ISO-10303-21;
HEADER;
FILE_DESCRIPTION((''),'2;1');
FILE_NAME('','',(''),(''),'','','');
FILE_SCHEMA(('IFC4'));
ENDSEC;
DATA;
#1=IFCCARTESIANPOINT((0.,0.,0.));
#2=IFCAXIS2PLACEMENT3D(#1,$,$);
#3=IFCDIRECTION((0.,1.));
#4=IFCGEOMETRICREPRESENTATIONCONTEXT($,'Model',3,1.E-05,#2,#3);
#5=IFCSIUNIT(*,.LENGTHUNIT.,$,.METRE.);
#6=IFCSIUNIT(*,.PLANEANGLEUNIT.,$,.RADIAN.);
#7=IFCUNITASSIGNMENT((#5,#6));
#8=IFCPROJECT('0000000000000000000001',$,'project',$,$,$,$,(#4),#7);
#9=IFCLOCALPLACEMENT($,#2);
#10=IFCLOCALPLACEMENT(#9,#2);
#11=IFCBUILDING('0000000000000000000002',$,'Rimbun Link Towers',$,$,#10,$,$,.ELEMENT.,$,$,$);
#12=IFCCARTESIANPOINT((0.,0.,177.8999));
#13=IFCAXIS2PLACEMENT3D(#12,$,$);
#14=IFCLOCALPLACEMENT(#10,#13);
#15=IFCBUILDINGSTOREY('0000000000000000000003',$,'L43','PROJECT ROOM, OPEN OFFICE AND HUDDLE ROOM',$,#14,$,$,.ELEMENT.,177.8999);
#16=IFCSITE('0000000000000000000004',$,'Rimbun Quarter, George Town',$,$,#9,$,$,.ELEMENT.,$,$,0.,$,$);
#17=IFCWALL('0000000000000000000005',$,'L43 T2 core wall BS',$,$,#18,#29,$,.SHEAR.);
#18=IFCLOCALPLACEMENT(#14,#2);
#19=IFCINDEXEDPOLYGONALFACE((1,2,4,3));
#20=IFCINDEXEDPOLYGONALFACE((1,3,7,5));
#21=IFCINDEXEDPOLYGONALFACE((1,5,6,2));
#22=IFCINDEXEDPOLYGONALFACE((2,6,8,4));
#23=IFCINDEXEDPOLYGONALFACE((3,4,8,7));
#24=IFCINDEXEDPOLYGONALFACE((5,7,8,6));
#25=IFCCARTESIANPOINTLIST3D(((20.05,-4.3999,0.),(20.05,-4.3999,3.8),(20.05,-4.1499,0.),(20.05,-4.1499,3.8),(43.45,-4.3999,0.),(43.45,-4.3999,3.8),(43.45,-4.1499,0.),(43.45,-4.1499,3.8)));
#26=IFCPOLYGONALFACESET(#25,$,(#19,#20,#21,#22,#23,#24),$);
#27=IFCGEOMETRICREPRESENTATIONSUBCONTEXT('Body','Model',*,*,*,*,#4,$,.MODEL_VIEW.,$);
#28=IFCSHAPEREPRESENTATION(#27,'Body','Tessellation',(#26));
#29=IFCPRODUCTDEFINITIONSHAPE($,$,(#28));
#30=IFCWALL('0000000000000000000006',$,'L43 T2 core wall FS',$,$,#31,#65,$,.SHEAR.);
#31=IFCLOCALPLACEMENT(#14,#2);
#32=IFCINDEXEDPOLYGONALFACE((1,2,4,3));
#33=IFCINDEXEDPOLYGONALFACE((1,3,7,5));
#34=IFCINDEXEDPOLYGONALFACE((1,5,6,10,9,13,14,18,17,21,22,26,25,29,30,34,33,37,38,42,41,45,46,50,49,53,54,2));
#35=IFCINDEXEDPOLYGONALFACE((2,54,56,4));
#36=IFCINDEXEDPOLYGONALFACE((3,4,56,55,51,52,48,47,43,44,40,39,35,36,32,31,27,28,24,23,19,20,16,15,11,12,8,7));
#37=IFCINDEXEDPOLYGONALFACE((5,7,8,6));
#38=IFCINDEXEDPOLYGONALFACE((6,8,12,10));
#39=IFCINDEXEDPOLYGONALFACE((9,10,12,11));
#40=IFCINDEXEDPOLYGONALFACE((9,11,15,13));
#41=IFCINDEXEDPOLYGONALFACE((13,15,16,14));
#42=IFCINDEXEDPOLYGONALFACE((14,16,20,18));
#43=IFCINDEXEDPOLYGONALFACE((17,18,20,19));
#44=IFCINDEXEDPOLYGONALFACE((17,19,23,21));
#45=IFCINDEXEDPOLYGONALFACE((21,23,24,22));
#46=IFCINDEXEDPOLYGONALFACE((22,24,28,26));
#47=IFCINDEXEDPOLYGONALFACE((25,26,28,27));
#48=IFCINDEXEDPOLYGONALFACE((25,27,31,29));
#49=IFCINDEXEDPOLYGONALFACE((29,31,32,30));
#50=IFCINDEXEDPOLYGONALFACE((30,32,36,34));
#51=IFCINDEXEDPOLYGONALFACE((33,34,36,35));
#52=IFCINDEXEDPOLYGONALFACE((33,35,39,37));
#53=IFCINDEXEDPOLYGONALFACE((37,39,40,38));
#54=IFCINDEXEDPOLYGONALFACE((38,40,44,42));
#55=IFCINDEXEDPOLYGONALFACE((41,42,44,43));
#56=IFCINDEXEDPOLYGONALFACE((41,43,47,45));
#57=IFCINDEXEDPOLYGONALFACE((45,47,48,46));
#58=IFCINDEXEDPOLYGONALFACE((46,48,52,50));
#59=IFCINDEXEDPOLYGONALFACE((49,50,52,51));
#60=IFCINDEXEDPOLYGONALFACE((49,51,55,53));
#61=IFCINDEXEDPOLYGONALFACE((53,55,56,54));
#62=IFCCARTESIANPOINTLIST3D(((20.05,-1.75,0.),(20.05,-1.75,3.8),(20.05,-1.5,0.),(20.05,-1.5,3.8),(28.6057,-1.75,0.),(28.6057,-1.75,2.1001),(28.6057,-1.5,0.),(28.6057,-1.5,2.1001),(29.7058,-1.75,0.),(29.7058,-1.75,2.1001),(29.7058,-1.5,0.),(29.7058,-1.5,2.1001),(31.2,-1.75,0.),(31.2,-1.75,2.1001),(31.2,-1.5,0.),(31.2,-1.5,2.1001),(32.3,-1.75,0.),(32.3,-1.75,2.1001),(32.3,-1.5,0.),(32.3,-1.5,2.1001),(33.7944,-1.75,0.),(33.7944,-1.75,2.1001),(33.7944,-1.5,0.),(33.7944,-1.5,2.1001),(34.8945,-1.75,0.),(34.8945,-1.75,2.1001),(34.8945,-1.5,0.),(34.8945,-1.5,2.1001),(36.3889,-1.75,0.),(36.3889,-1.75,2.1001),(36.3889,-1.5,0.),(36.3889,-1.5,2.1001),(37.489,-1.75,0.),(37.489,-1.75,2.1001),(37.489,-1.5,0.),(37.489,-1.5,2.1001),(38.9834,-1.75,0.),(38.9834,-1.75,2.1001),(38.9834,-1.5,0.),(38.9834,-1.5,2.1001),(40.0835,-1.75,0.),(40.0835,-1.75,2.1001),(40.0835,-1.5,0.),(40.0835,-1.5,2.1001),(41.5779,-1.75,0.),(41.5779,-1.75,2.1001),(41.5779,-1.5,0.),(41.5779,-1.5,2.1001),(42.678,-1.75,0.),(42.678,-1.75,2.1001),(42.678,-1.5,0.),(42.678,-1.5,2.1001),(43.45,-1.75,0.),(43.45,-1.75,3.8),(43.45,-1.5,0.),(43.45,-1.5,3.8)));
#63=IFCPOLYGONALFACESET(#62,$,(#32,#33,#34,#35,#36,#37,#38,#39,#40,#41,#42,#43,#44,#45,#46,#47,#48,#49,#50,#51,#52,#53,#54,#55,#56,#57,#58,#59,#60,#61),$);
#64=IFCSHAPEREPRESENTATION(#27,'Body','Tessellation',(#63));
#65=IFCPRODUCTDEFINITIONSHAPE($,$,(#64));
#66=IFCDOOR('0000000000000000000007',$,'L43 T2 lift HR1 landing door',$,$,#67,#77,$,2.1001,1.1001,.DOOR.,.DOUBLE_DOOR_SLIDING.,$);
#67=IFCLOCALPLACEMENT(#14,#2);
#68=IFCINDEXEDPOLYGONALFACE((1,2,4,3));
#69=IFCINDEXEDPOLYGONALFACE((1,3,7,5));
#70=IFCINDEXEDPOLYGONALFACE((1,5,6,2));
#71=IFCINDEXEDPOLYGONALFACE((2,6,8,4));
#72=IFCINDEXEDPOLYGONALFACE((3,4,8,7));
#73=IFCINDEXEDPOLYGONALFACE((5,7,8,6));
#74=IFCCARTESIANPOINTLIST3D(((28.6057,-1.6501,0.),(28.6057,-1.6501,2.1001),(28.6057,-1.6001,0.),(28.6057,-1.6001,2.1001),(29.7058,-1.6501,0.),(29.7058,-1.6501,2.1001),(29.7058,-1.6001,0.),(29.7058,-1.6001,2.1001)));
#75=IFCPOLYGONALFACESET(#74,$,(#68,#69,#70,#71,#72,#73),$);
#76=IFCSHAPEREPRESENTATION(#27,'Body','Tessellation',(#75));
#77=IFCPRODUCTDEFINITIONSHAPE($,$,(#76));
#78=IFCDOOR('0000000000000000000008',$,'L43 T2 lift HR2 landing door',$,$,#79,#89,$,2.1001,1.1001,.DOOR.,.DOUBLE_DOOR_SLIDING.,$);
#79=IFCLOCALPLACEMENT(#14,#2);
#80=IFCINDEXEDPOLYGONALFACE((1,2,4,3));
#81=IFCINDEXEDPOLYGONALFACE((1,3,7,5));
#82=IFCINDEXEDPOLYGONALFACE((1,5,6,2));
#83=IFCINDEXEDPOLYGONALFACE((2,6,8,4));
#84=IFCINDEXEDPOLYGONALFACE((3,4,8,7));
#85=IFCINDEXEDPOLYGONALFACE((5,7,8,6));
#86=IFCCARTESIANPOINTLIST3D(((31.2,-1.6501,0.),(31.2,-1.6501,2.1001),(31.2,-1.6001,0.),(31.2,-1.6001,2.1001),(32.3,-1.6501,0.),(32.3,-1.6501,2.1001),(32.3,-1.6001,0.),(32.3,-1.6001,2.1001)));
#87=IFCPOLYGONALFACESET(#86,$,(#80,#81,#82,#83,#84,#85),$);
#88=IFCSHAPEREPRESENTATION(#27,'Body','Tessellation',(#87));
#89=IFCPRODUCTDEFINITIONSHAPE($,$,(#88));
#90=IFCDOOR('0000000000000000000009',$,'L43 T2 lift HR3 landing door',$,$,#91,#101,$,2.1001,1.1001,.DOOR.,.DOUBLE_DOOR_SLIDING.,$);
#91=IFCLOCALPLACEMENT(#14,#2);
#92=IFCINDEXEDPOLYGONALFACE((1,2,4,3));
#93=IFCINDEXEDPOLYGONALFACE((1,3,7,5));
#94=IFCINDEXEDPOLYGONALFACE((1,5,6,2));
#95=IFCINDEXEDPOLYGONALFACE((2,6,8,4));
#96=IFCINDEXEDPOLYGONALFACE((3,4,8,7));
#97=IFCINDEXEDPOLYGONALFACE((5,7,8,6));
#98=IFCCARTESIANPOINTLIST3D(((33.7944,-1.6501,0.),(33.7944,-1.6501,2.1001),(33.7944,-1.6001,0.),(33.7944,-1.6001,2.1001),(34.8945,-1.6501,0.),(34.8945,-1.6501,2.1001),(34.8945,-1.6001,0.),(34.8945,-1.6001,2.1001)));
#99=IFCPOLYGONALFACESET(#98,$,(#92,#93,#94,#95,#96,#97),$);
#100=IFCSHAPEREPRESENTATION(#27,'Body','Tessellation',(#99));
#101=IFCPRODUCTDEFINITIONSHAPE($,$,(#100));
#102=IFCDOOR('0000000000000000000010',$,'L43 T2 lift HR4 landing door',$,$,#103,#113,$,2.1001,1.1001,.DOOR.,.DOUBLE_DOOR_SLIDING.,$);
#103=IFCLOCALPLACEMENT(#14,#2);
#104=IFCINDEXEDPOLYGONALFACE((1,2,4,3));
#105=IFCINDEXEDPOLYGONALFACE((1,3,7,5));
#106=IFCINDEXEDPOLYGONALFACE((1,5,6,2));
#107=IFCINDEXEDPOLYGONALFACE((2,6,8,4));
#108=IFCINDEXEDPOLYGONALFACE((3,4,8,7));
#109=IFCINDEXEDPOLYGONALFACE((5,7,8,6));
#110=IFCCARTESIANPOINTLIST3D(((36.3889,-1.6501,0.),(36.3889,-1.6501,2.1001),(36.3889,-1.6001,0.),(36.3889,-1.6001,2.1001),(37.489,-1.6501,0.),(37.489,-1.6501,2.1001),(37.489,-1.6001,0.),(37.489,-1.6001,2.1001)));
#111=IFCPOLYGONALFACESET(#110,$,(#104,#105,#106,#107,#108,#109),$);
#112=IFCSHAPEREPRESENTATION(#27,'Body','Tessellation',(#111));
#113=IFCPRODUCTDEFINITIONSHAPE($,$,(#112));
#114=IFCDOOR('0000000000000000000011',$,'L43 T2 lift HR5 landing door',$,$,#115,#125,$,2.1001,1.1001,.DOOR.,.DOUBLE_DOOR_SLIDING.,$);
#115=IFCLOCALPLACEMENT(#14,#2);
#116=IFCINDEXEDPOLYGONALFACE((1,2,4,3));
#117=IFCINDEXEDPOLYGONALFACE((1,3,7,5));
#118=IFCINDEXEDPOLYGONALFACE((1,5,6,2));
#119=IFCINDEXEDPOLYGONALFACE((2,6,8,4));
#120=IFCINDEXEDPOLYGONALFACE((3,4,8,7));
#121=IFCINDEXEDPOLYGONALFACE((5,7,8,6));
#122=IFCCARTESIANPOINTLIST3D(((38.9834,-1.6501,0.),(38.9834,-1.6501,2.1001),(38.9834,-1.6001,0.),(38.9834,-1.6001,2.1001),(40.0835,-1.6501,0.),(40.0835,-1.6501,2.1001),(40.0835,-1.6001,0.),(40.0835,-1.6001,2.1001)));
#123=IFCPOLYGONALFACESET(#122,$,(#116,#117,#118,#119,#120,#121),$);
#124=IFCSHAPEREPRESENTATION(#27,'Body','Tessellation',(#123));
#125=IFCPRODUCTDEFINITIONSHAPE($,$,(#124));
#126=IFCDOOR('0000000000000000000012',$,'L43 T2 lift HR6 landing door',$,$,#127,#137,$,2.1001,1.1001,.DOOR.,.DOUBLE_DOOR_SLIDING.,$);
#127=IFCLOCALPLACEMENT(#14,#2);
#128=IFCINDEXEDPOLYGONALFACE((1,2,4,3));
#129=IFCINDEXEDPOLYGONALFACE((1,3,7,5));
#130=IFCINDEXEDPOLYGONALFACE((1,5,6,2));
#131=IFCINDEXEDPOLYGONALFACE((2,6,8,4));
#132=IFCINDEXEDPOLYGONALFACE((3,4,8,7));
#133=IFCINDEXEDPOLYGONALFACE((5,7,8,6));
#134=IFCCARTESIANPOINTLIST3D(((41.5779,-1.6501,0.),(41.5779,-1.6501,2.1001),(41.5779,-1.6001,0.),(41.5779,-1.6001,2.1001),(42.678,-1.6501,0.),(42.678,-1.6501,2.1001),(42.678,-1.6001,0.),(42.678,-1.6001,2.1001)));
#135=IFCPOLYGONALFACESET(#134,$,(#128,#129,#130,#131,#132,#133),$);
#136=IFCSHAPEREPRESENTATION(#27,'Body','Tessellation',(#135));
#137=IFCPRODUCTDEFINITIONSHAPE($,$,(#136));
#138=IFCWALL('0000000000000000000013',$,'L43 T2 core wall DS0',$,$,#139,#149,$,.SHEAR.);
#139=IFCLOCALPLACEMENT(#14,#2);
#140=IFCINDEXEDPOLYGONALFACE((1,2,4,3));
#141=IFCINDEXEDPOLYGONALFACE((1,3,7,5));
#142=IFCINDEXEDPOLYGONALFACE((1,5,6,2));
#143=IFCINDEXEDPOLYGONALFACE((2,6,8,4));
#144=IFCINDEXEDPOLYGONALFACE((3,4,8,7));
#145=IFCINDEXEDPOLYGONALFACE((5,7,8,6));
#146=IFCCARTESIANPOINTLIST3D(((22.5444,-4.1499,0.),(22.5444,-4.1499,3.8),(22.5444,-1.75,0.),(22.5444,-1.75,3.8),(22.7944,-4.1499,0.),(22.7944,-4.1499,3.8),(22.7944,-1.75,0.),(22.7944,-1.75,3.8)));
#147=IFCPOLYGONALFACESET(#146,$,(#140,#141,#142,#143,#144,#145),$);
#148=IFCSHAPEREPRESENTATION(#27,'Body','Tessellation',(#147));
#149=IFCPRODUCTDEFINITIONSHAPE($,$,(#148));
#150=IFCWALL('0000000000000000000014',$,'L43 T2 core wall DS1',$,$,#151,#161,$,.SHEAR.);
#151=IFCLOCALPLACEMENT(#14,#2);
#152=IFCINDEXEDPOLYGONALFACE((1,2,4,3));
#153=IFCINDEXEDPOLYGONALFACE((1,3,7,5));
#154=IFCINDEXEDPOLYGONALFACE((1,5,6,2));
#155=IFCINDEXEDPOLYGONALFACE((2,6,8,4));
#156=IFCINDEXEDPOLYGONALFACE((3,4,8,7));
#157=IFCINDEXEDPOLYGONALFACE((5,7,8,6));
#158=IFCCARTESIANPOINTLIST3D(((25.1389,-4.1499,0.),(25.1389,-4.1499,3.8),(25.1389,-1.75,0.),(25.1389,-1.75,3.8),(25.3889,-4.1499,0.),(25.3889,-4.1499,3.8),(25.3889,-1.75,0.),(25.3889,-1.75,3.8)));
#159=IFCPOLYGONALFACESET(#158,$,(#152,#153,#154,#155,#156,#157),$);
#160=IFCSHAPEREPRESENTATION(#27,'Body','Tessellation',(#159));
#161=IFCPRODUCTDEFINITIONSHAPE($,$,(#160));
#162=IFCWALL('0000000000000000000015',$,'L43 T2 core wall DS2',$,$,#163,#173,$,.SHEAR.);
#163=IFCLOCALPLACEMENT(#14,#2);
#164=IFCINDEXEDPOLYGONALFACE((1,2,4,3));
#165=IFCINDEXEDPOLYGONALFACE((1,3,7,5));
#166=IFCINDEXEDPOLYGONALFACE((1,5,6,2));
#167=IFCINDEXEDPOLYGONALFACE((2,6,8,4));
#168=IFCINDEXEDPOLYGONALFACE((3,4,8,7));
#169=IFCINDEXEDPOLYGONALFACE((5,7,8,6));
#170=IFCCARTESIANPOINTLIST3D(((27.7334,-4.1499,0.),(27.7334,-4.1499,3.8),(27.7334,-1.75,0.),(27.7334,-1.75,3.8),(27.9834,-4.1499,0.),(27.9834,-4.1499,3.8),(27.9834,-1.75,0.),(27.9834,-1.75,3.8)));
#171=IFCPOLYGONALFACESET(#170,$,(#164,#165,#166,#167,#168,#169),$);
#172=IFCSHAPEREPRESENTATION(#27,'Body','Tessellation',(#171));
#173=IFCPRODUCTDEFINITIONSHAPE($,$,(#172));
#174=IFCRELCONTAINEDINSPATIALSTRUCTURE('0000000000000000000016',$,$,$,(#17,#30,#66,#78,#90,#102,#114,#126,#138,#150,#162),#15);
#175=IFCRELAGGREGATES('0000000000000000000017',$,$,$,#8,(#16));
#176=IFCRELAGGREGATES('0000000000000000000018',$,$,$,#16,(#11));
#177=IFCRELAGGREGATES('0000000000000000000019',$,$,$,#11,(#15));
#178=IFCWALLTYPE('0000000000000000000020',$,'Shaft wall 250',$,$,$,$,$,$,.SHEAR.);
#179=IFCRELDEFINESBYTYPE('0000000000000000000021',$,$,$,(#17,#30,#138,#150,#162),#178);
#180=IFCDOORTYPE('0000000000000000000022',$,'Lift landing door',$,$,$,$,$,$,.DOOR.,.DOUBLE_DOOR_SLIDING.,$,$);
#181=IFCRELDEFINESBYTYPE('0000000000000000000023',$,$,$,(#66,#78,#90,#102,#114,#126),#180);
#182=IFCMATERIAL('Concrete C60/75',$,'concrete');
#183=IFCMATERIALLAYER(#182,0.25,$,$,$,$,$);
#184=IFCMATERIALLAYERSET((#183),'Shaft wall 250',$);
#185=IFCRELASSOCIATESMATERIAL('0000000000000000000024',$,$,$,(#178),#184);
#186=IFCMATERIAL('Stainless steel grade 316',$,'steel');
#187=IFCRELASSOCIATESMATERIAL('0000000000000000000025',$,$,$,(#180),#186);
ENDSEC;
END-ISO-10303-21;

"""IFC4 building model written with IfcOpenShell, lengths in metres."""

from ifc_helpers import new_model, si_unit, direction, frame, frame_2d, origin, place, context, subcontext, project, spatial, rectangle, extrude, material, layer, layer_set, type_object, element, fill, save


model = new_model("IFC4")

# Units and contexts
model_context = context("Model", 3, precision=1e-05, world=origin(), true_north=direction((0.0, 1.0)))
body_context = subcontext(model_context, "Body", "Model", "MODEL_VIEW")
ifc_project = project(units=[si_unit("LENGTHUNIT", "METRE"), si_unit("PLANEANGLEUNIT", "RADIAN")], contexts=[model_context])

# Site, building, storey
site_placement = place(None, origin())
site = spatial("IfcSite", under=ifc_project, at=site_placement, Name="Rimbun Quarter, George Town", CompositionType="ELEMENT", RefElevation=0.0)
building_placement = place(site_placement, origin())
building = spatial("IfcBuilding", under=site, at=building_placement, Name="Rimbun Link Towers", CompositionType="ELEMENT")
storey_placement = place(building_placement, frame((0.0, 0.0, 177.8999)))
storey = spatial("IfcBuildingStorey", under=building, at=storey_placement, Name="L43", Description="PROJECT ROOM, OPEN OFFICE AND HUDDLE ROOM", CompositionType="ELEMENT", Elevation=177.8999)

# Wall
ifc_material_1 = material(Name="Concrete C60/75", Category="concrete")
ifc_layer_1 = layer(ifc_material_1, 0.25)
ifc_layer_set_1 = layer_set([ifc_layer_1], Name="Shaft wall 250")
wall_type_1 = type_object("IfcWallType", Name="Shaft wall 250", PredefinedType="SHEAR", material=ifc_layer_set_1)
wall_1_placement = place(storey_placement, frame((20.05, -4.2749, 0.0), z_axis=(0.0, 0.0, 1.0), x_axis=(1.0, 0.0, 0.0)))
element("IfcWall", 1, at=wall_1_placement, inside=storey, type_object=wall_type_1, Name="L43 T2 core wall BS", PredefinedType="SHEAR", context=body_context, shape_type="SweptSolid", body=[
    extrude(rectangle(XDim=23.3999, YDim=0.25, at=frame_2d((11.7, 0.0))), origin(), (0.0, 0.0, 1.0), 3.8),
])

# Wall, openings, doors
wall_2_placement = place(storey_placement, frame((20.05, -1.625, 0.0), z_axis=(0.0, 0.0, 1.0), x_axis=(1.0, 0.0, 0.0)))
wall_2 = element("IfcWall", 2, at=wall_2_placement, inside=storey, type_object=wall_type_1, Name="L43 T2 core wall FS", PredefinedType="SHEAR", context=body_context, shape_type="SweptSolid", body=[
    extrude(rectangle(XDim=23.3999, YDim=0.25, at=frame_2d((11.7, 0.0))), origin(), (0.0, 0.0, 1.0), 3.8),
])
opening_1_placement = place(wall_2_placement, frame((8.5557, 0.0, 0.0)))
opening_1 = element("IfcOpeningElement", 3, at=opening_1_placement, cuts=wall_2, PredefinedType="OPENING", context=body_context, shape_type="SweptSolid", body=[
    extrude(rectangle(XDim=1.1001, YDim=2.1001, at=frame_2d((0.55, 1.05))), frame((0.0, 0.135, 0.0), z_axis=(0.0, -1.0, 0.0), x_axis=(1.0, 0.0, 0.0)), (0.0, 0.0, 1.0), 0.27),
])
opening_2_placement = place(wall_2_placement, frame((11.1499, 0.0, 0.0)))
opening_2 = element("IfcOpeningElement", 4, at=opening_2_placement, cuts=wall_2, PredefinedType="OPENING", context=body_context, shape_type="SweptSolid", body=[
    extrude(rectangle(XDim=1.1001, YDim=2.1001, at=frame_2d((0.55, 1.05))), frame((0.0, 0.135, 0.0), z_axis=(0.0, -1.0, 0.0), x_axis=(1.0, 0.0, 0.0)), (0.0, 0.0, 1.0), 0.27),
])
opening_3_placement = place(wall_2_placement, frame((13.7444, 0.0, 0.0)))
opening_3 = element("IfcOpeningElement", 5, at=opening_3_placement, cuts=wall_2, PredefinedType="OPENING", context=body_context, shape_type="SweptSolid", body=[
    extrude(rectangle(XDim=1.1001, YDim=2.1001, at=frame_2d((0.55, 1.05))), frame((0.0, 0.135, 0.0), z_axis=(0.0, -1.0, 0.0), x_axis=(1.0, 0.0, 0.0)), (0.0, 0.0, 1.0), 0.27),
])
opening_4_placement = place(wall_2_placement, frame((16.3389, 0.0, 0.0)))
opening_4 = element("IfcOpeningElement", 6, at=opening_4_placement, cuts=wall_2, PredefinedType="OPENING", context=body_context, shape_type="SweptSolid", body=[
    extrude(rectangle(XDim=1.1001, YDim=2.1001, at=frame_2d((0.55, 1.05))), frame((0.0, 0.135, 0.0), z_axis=(0.0, -1.0, 0.0), x_axis=(1.0, 0.0, 0.0)), (0.0, 0.0, 1.0), 0.27),
])
opening_5_placement = place(wall_2_placement, frame((18.9333, 0.0, 0.0)))
opening_5 = element("IfcOpeningElement", 7, at=opening_5_placement, cuts=wall_2, PredefinedType="OPENING", context=body_context, shape_type="SweptSolid", body=[
    extrude(rectangle(XDim=1.1001, YDim=2.1001, at=frame_2d((0.55, 1.05))), frame((0.0, 0.135, 0.0), z_axis=(0.0, -1.0, 0.0), x_axis=(1.0, 0.0, 0.0)), (0.0, 0.0, 1.0), 0.27),
])
opening_6_placement = place(wall_2_placement, frame((21.5278, 0.0, 0.0)))
opening_6 = element("IfcOpeningElement", 8, at=opening_6_placement, cuts=wall_2, PredefinedType="OPENING", context=body_context, shape_type="SweptSolid", body=[
    extrude(rectangle(XDim=1.1001, YDim=2.1001, at=frame_2d((0.55, 1.05))), frame((0.0, 0.135, 0.0), z_axis=(0.0, -1.0, 0.0), x_axis=(1.0, 0.0, 0.0)), (0.0, 0.0, 1.0), 0.27),
])
ifc_material_2 = material(Name="Stainless steel grade 316", Category="steel")
door_type_1 = type_object("IfcDoorType", Name="Lift landing door", OperationType="DOUBLE_DOOR_SLIDING", PredefinedType="DOOR", material=ifc_material_2)
door_1_placement = place(opening_1_placement, origin())
door_1 = element("IfcDoor", 9, at=door_1_placement, inside=storey, type_object=door_type_1, Name="L43 T2 lift HR1 landing door", OperationType="DOUBLE_DOOR_SLIDING", OverallHeight=2.1001, OverallWidth=1.1001, PredefinedType="DOOR", context=body_context, shape_type="SweptSolid", body=[
    extrude(rectangle(XDim=1.1001, YDim=2.1001, at=frame_2d((0.55, 1.05))), frame((0.0, 0.0249, 0.0), z_axis=(0.0, -1.0, 0.0), x_axis=(1.0, 0.0, 0.0)), (0.0, 0.0, 1.0), 0.05),
])
fill(opening_1, door_1)
door_2_placement = place(opening_2_placement, origin())
door_2 = element("IfcDoor", 10, at=door_2_placement, inside=storey, type_object=door_type_1, Name="L43 T2 lift HR2 landing door", OperationType="DOUBLE_DOOR_SLIDING", OverallHeight=2.1001, OverallWidth=1.1001, PredefinedType="DOOR", context=body_context, shape_type="SweptSolid", body=[
    extrude(rectangle(XDim=1.1001, YDim=2.1001, at=frame_2d((0.55, 1.05))), frame((0.0, 0.0249, 0.0), z_axis=(0.0, -1.0, 0.0), x_axis=(1.0, 0.0, 0.0)), (0.0, 0.0, 1.0), 0.05),
])
fill(opening_2, door_2)
door_3_placement = place(opening_3_placement, origin())
door_3 = element("IfcDoor", 11, at=door_3_placement, inside=storey, type_object=door_type_1, Name="L43 T2 lift HR3 landing door", OperationType="DOUBLE_DOOR_SLIDING", OverallHeight=2.1001, OverallWidth=1.1001, PredefinedType="DOOR", context=body_context, shape_type="SweptSolid", body=[
    extrude(rectangle(XDim=1.1001, YDim=2.1001, at=frame_2d((0.55, 1.05))), frame((0.0, 0.0249, 0.0), z_axis=(0.0, -1.0, 0.0), x_axis=(1.0, 0.0, 0.0)), (0.0, 0.0, 1.0), 0.05),
])
fill(opening_3, door_3)
door_4_placement = place(opening_4_placement, origin())
door_4 = element("IfcDoor", 12, at=door_4_placement, inside=storey, type_object=door_type_1, Name="L43 T2 lift HR4 landing door", OperationType="DOUBLE_DOOR_SLIDING", OverallHeight=2.1001, OverallWidth=1.1001, PredefinedType="DOOR", context=body_context, shape_type="SweptSolid", body=[
    extrude(rectangle(XDim=1.1001, YDim=2.1001, at=frame_2d((0.55, 1.05))), frame((0.0, 0.0249, 0.0), z_axis=(0.0, -1.0, 0.0), x_axis=(1.0, 0.0, 0.0)), (0.0, 0.0, 1.0), 0.05),
])
fill(opening_4, door_4)
door_5_placement = place(opening_5_placement, origin())
door_5 = element("IfcDoor", 13, at=door_5_placement, inside=storey, type_object=door_type_1, Name="L43 T2 lift HR5 landing door", OperationType="DOUBLE_DOOR_SLIDING", OverallHeight=2.1001, OverallWidth=1.1001, PredefinedType="DOOR", context=body_context, shape_type="SweptSolid", body=[
    extrude(rectangle(XDim=1.1001, YDim=2.1001, at=frame_2d((0.55, 1.05))), frame((0.0, 0.0249, 0.0), z_axis=(0.0, -1.0, 0.0), x_axis=(1.0, 0.0, 0.0)), (0.0, 0.0, 1.0), 0.05),
])
fill(opening_5, door_5)
door_6_placement = place(opening_6_placement, origin())
door_6 = element("IfcDoor", 14, at=door_6_placement, inside=storey, type_object=door_type_1, Name="L43 T2 lift HR6 landing door", OperationType="DOUBLE_DOOR_SLIDING", OverallHeight=2.1001, OverallWidth=1.1001, PredefinedType="DOOR", context=body_context, shape_type="SweptSolid", body=[
    extrude(rectangle(XDim=1.1001, YDim=2.1001, at=frame_2d((0.55, 1.05))), frame((0.0, 0.0249, 0.0), z_axis=(0.0, -1.0, 0.0), x_axis=(1.0, 0.0, 0.0)), (0.0, 0.0, 1.0), 0.05),
])
fill(opening_6, door_6)

# Walls
for number, where, z_axis, x_axis, name in (
    (15, (22.6694, -4.1499, 0.0), (0.0, 0.0, 1.0), (0.0, 1.0, 0.0), "L43 T2 core wall DS0"),
    (16, (25.2639, -4.1499, 0.0), (0.0, 0.0, 1.0), (0.0, 1.0, 0.0), "L43 T2 core wall DS1"),
    (17, (27.8584, -4.1499, 0.0), (0.0, 0.0, 1.0), (0.0, 1.0, 0.0), "L43 T2 core wall DS2"),
):
    element("IfcWall", number, at=place(storey_placement, frame(where, z_axis=z_axis, x_axis=x_axis)), inside=storey, type_object=wall_type_1, Name=name, PredefinedType="SHEAR", context=body_context, shape_type="SweptSolid", body=[
        extrude(rectangle(XDim=2.3999, YDim=0.25, at=frame_2d((1.2, 0.0))), origin(), (0.0, 0.0, 1.0), 3.8),
    ])

save(model, "model.ifc")
